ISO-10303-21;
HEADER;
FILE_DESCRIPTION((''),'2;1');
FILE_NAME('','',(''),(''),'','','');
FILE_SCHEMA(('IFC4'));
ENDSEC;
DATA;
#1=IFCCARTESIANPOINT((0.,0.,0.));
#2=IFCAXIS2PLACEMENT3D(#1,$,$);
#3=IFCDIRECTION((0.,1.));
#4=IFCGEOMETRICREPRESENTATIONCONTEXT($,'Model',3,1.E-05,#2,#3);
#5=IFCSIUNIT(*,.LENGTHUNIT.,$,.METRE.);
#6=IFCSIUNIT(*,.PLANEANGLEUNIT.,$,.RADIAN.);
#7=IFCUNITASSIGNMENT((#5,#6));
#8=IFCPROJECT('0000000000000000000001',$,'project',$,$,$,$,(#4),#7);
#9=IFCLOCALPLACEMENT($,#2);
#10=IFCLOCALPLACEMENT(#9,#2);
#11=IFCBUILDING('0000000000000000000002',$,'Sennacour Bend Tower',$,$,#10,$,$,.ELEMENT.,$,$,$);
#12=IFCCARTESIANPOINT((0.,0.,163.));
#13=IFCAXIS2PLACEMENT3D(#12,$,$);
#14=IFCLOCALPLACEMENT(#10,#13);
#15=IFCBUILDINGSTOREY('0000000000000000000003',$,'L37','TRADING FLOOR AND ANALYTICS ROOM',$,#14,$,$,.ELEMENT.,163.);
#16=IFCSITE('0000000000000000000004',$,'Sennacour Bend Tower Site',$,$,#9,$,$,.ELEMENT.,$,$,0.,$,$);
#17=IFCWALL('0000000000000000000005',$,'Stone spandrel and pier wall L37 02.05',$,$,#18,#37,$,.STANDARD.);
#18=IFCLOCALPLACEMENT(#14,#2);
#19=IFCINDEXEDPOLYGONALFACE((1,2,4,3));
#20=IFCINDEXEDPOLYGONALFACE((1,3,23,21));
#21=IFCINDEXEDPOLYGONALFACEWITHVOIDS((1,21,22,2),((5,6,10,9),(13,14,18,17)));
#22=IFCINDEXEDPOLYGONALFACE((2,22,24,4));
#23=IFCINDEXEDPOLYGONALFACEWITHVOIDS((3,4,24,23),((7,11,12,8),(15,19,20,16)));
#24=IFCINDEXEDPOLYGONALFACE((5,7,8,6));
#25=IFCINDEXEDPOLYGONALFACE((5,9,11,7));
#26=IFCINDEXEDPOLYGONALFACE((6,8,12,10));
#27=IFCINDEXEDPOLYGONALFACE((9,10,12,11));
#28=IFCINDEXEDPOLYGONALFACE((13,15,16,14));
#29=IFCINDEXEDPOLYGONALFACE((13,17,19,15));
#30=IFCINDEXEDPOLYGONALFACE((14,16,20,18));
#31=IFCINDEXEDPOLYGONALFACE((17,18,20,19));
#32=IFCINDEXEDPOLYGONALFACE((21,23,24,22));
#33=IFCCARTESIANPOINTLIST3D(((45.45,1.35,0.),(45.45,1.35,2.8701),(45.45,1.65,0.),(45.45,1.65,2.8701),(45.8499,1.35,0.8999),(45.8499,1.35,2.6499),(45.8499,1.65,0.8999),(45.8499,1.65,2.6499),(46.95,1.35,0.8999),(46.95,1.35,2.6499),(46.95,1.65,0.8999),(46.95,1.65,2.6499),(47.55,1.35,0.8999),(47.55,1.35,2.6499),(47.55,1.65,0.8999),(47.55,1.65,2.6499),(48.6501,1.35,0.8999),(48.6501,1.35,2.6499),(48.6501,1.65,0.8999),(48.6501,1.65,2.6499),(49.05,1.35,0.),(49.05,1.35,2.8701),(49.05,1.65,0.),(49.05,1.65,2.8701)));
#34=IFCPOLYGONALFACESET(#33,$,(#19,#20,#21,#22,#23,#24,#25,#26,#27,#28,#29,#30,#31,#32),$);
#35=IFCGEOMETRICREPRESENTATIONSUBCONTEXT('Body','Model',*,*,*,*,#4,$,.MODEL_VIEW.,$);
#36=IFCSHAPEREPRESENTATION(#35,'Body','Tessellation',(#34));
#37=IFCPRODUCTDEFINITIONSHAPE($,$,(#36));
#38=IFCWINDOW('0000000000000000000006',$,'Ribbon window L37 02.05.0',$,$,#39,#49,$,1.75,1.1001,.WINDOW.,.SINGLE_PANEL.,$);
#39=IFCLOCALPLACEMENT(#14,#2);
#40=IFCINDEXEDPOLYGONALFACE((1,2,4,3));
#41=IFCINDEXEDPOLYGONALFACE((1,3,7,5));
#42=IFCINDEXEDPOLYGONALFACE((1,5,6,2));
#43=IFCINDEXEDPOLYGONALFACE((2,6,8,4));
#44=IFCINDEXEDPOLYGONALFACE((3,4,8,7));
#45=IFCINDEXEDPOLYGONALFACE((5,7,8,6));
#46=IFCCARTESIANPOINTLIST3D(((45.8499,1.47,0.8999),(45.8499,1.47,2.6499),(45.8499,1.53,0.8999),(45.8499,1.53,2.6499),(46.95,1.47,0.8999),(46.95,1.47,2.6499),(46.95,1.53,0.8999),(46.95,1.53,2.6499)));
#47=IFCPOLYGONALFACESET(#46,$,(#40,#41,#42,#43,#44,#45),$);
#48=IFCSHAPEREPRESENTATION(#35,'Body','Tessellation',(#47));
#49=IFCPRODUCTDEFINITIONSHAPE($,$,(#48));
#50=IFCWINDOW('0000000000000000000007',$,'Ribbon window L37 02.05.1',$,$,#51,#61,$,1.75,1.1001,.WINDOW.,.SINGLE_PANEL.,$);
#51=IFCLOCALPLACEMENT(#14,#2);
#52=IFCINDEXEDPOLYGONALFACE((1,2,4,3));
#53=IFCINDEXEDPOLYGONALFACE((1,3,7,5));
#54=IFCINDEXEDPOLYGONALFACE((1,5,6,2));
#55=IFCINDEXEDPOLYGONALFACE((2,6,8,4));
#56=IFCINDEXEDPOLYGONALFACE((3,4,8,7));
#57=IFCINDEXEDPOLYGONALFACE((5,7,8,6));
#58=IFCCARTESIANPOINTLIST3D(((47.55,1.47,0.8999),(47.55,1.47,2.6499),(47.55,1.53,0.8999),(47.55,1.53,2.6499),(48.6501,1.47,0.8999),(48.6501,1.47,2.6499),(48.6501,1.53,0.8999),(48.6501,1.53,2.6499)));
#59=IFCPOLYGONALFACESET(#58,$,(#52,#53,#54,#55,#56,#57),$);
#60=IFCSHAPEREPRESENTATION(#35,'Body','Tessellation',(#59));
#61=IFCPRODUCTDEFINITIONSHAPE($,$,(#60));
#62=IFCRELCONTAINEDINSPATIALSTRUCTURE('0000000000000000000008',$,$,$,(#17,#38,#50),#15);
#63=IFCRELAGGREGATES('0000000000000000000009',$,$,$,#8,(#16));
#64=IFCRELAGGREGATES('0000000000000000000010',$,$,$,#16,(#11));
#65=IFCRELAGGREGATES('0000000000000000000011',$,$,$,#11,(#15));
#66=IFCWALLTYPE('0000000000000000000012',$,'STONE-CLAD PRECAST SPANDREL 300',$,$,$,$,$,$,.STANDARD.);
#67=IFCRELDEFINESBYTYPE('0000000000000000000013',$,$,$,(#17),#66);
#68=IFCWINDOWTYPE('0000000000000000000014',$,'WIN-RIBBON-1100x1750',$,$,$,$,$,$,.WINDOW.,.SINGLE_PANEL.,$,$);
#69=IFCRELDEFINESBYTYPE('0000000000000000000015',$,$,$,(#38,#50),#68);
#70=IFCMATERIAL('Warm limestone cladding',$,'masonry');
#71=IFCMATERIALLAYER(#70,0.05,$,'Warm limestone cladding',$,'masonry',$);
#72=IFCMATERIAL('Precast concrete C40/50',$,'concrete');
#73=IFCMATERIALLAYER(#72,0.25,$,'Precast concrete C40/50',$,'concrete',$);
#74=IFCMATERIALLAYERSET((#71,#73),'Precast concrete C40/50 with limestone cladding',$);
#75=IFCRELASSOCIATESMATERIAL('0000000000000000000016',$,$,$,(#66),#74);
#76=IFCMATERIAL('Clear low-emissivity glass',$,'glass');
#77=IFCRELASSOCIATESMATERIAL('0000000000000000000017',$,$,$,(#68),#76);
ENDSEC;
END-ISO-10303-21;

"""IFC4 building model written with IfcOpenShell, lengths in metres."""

from ifc_helpers import new_model, si_unit, direction, frame, frame_2d, origin, place, context, subcontext, project, spatial, rectangle, extrude, material, layer, layer_set, type_object, element, fill, save


model = new_model("IFC4")

# Units and contexts
model_context = context("Model", 3, precision=1e-05, world=origin(), true_north=direction((0.0, 1.0)))
body_context = subcontext(model_context, "Body", "Model", "MODEL_VIEW")
ifc_project = project(units=[si_unit("LENGTHUNIT", "METRE"), si_unit("PLANEANGLEUNIT", "RADIAN")], contexts=[model_context])

# Site, building, storey
site_placement = place(None, origin())
site = spatial("IfcSite", under=ifc_project, at=site_placement, Name="Sennacour Bend Tower Site", CompositionType="ELEMENT", RefElevation=0.0)
building_placement = place(site_placement, origin())
building = spatial("IfcBuilding", under=site, at=building_placement, Name="Sennacour Bend Tower", CompositionType="ELEMENT")
storey_placement = place(building_placement, frame((0.0, 0.0, 163.0)))
storey = spatial("IfcBuildingStorey", under=building, at=storey_placement, Name="L37", Description="TRADING FLOOR AND ANALYTICS ROOM", CompositionType="ELEMENT", Elevation=163.0)

# Wall, openings, windows
ifc_material_1 = material(Name="Warm limestone cladding", Category="masonry")
ifc_layer_1 = layer(ifc_material_1, 0.05, Name="Warm limestone cladding", Category="masonry")
ifc_material_2 = material(Name="Precast concrete C40/50", Category="concrete")
ifc_layer_2 = layer(ifc_material_2, 0.25, Name="Precast concrete C40/50", Category="concrete")
ifc_layer_set_1 = layer_set([ifc_layer_1, ifc_layer_2], Name="Precast concrete C40/50 with limestone cladding")
wall_type_1 = type_object("IfcWallType", Name="STONE-CLAD PRECAST SPANDREL 300", PredefinedType="STANDARD", material=ifc_layer_set_1)
wall_1_placement = place(storey_placement, frame((45.45, 1.5, 0.0), z_axis=(0.0, 0.0, 1.0), x_axis=(1.0, 0.0, 0.0)))
wall_1 = element("IfcWall", 1, at=wall_1_placement, inside=storey, type_object=wall_type_1, Name="Stone spandrel and pier wall L37 02.05", PredefinedType="STANDARD", context=body_context, shape_type="SweptSolid", body=[
    extrude(rectangle(XDim=3.6001, YDim=0.3, at=frame_2d((1.8, 0.0))), origin(), (0.0, 0.0, 1.0), 2.8701),
])
opening_1_placement = place(wall_1_placement, frame((0.3999, 0.0, 0.8999)))
opening_1 = element("IfcOpeningElement", 2, at=opening_1_placement, cuts=wall_1, PredefinedType="OPENING", context=body_context, shape_type="SweptSolid", body=[
    extrude(rectangle(XDim=1.1001, YDim=1.75, at=frame_2d((0.55, 0.875))), frame((0.0, 0.1602, 0.0), z_axis=(0.0, -1.0, 0.0), x_axis=(1.0, 0.0, 0.0)), (0.0, 0.0, 1.0), 0.3201),
])
opening_2_placement = place(wall_1_placement, frame((2.1001, 0.0, 0.8999)))
opening_2 = element("IfcOpeningElement", 3, at=opening_2_placement, cuts=wall_1, PredefinedType="OPENING", context=body_context, shape_type="SweptSolid", body=[
    extrude(rectangle(XDim=1.1001, YDim=1.75, at=frame_2d((0.55, 0.875))), frame((0.0, 0.1602, 0.0), z_axis=(0.0, -1.0, 0.0), x_axis=(1.0, 0.0, 0.0)), (0.0, 0.0, 1.0), 0.3201),
])
ifc_material_3 = material(Name="Clear low-emissivity glass", Category="glass")
window_type = type_object("IfcWindowType", Name="WIN-RIBBON-1100x1750", PartitioningType="SINGLE_PANEL", PredefinedType="WINDOW", material=ifc_material_3)
window_1_placement = place(opening_1_placement, origin())
window_1 = element("IfcWindow", 4, at=window_1_placement, inside=storey, type_object=window_type, Name="Ribbon window L37 02.05.0", OverallHeight=1.75, OverallWidth=1.1001, PartitioningType="SINGLE_PANEL", PredefinedType="WINDOW", context=body_context, shape_type="SweptSolid", body=[
    extrude(rectangle(XDim=1.1001, YDim=1.75, at=frame_2d((0.55, 0.875))), frame((0.0, 0.03, 0.0), z_axis=(0.0, -1.0, 0.0), x_axis=(1.0, 0.0, 0.0)), (0.0, 0.0, 1.0), 0.0601),
])
fill(opening_1, window_1)
window_2_placement = place(opening_2_placement, origin())
window_2 = element("IfcWindow", 5, at=window_2_placement, inside=storey, type_object=window_type, Name="Ribbon window L37 02.05.1", OverallHeight=1.75, OverallWidth=1.1001, PartitioningType="SINGLE_PANEL", PredefinedType="WINDOW", context=body_context, shape_type="SweptSolid", body=[
    extrude(rectangle(XDim=1.1001, YDim=1.75, at=frame_2d((0.55, 0.875))), frame((0.0, 0.03, 0.0), z_axis=(0.0, -1.0, 0.0), x_axis=(1.0, 0.0, 0.0)), (0.0, 0.0, 1.0), 0.0601),
])
fill(opening_2, window_2)

save(model, "model.ifc")
